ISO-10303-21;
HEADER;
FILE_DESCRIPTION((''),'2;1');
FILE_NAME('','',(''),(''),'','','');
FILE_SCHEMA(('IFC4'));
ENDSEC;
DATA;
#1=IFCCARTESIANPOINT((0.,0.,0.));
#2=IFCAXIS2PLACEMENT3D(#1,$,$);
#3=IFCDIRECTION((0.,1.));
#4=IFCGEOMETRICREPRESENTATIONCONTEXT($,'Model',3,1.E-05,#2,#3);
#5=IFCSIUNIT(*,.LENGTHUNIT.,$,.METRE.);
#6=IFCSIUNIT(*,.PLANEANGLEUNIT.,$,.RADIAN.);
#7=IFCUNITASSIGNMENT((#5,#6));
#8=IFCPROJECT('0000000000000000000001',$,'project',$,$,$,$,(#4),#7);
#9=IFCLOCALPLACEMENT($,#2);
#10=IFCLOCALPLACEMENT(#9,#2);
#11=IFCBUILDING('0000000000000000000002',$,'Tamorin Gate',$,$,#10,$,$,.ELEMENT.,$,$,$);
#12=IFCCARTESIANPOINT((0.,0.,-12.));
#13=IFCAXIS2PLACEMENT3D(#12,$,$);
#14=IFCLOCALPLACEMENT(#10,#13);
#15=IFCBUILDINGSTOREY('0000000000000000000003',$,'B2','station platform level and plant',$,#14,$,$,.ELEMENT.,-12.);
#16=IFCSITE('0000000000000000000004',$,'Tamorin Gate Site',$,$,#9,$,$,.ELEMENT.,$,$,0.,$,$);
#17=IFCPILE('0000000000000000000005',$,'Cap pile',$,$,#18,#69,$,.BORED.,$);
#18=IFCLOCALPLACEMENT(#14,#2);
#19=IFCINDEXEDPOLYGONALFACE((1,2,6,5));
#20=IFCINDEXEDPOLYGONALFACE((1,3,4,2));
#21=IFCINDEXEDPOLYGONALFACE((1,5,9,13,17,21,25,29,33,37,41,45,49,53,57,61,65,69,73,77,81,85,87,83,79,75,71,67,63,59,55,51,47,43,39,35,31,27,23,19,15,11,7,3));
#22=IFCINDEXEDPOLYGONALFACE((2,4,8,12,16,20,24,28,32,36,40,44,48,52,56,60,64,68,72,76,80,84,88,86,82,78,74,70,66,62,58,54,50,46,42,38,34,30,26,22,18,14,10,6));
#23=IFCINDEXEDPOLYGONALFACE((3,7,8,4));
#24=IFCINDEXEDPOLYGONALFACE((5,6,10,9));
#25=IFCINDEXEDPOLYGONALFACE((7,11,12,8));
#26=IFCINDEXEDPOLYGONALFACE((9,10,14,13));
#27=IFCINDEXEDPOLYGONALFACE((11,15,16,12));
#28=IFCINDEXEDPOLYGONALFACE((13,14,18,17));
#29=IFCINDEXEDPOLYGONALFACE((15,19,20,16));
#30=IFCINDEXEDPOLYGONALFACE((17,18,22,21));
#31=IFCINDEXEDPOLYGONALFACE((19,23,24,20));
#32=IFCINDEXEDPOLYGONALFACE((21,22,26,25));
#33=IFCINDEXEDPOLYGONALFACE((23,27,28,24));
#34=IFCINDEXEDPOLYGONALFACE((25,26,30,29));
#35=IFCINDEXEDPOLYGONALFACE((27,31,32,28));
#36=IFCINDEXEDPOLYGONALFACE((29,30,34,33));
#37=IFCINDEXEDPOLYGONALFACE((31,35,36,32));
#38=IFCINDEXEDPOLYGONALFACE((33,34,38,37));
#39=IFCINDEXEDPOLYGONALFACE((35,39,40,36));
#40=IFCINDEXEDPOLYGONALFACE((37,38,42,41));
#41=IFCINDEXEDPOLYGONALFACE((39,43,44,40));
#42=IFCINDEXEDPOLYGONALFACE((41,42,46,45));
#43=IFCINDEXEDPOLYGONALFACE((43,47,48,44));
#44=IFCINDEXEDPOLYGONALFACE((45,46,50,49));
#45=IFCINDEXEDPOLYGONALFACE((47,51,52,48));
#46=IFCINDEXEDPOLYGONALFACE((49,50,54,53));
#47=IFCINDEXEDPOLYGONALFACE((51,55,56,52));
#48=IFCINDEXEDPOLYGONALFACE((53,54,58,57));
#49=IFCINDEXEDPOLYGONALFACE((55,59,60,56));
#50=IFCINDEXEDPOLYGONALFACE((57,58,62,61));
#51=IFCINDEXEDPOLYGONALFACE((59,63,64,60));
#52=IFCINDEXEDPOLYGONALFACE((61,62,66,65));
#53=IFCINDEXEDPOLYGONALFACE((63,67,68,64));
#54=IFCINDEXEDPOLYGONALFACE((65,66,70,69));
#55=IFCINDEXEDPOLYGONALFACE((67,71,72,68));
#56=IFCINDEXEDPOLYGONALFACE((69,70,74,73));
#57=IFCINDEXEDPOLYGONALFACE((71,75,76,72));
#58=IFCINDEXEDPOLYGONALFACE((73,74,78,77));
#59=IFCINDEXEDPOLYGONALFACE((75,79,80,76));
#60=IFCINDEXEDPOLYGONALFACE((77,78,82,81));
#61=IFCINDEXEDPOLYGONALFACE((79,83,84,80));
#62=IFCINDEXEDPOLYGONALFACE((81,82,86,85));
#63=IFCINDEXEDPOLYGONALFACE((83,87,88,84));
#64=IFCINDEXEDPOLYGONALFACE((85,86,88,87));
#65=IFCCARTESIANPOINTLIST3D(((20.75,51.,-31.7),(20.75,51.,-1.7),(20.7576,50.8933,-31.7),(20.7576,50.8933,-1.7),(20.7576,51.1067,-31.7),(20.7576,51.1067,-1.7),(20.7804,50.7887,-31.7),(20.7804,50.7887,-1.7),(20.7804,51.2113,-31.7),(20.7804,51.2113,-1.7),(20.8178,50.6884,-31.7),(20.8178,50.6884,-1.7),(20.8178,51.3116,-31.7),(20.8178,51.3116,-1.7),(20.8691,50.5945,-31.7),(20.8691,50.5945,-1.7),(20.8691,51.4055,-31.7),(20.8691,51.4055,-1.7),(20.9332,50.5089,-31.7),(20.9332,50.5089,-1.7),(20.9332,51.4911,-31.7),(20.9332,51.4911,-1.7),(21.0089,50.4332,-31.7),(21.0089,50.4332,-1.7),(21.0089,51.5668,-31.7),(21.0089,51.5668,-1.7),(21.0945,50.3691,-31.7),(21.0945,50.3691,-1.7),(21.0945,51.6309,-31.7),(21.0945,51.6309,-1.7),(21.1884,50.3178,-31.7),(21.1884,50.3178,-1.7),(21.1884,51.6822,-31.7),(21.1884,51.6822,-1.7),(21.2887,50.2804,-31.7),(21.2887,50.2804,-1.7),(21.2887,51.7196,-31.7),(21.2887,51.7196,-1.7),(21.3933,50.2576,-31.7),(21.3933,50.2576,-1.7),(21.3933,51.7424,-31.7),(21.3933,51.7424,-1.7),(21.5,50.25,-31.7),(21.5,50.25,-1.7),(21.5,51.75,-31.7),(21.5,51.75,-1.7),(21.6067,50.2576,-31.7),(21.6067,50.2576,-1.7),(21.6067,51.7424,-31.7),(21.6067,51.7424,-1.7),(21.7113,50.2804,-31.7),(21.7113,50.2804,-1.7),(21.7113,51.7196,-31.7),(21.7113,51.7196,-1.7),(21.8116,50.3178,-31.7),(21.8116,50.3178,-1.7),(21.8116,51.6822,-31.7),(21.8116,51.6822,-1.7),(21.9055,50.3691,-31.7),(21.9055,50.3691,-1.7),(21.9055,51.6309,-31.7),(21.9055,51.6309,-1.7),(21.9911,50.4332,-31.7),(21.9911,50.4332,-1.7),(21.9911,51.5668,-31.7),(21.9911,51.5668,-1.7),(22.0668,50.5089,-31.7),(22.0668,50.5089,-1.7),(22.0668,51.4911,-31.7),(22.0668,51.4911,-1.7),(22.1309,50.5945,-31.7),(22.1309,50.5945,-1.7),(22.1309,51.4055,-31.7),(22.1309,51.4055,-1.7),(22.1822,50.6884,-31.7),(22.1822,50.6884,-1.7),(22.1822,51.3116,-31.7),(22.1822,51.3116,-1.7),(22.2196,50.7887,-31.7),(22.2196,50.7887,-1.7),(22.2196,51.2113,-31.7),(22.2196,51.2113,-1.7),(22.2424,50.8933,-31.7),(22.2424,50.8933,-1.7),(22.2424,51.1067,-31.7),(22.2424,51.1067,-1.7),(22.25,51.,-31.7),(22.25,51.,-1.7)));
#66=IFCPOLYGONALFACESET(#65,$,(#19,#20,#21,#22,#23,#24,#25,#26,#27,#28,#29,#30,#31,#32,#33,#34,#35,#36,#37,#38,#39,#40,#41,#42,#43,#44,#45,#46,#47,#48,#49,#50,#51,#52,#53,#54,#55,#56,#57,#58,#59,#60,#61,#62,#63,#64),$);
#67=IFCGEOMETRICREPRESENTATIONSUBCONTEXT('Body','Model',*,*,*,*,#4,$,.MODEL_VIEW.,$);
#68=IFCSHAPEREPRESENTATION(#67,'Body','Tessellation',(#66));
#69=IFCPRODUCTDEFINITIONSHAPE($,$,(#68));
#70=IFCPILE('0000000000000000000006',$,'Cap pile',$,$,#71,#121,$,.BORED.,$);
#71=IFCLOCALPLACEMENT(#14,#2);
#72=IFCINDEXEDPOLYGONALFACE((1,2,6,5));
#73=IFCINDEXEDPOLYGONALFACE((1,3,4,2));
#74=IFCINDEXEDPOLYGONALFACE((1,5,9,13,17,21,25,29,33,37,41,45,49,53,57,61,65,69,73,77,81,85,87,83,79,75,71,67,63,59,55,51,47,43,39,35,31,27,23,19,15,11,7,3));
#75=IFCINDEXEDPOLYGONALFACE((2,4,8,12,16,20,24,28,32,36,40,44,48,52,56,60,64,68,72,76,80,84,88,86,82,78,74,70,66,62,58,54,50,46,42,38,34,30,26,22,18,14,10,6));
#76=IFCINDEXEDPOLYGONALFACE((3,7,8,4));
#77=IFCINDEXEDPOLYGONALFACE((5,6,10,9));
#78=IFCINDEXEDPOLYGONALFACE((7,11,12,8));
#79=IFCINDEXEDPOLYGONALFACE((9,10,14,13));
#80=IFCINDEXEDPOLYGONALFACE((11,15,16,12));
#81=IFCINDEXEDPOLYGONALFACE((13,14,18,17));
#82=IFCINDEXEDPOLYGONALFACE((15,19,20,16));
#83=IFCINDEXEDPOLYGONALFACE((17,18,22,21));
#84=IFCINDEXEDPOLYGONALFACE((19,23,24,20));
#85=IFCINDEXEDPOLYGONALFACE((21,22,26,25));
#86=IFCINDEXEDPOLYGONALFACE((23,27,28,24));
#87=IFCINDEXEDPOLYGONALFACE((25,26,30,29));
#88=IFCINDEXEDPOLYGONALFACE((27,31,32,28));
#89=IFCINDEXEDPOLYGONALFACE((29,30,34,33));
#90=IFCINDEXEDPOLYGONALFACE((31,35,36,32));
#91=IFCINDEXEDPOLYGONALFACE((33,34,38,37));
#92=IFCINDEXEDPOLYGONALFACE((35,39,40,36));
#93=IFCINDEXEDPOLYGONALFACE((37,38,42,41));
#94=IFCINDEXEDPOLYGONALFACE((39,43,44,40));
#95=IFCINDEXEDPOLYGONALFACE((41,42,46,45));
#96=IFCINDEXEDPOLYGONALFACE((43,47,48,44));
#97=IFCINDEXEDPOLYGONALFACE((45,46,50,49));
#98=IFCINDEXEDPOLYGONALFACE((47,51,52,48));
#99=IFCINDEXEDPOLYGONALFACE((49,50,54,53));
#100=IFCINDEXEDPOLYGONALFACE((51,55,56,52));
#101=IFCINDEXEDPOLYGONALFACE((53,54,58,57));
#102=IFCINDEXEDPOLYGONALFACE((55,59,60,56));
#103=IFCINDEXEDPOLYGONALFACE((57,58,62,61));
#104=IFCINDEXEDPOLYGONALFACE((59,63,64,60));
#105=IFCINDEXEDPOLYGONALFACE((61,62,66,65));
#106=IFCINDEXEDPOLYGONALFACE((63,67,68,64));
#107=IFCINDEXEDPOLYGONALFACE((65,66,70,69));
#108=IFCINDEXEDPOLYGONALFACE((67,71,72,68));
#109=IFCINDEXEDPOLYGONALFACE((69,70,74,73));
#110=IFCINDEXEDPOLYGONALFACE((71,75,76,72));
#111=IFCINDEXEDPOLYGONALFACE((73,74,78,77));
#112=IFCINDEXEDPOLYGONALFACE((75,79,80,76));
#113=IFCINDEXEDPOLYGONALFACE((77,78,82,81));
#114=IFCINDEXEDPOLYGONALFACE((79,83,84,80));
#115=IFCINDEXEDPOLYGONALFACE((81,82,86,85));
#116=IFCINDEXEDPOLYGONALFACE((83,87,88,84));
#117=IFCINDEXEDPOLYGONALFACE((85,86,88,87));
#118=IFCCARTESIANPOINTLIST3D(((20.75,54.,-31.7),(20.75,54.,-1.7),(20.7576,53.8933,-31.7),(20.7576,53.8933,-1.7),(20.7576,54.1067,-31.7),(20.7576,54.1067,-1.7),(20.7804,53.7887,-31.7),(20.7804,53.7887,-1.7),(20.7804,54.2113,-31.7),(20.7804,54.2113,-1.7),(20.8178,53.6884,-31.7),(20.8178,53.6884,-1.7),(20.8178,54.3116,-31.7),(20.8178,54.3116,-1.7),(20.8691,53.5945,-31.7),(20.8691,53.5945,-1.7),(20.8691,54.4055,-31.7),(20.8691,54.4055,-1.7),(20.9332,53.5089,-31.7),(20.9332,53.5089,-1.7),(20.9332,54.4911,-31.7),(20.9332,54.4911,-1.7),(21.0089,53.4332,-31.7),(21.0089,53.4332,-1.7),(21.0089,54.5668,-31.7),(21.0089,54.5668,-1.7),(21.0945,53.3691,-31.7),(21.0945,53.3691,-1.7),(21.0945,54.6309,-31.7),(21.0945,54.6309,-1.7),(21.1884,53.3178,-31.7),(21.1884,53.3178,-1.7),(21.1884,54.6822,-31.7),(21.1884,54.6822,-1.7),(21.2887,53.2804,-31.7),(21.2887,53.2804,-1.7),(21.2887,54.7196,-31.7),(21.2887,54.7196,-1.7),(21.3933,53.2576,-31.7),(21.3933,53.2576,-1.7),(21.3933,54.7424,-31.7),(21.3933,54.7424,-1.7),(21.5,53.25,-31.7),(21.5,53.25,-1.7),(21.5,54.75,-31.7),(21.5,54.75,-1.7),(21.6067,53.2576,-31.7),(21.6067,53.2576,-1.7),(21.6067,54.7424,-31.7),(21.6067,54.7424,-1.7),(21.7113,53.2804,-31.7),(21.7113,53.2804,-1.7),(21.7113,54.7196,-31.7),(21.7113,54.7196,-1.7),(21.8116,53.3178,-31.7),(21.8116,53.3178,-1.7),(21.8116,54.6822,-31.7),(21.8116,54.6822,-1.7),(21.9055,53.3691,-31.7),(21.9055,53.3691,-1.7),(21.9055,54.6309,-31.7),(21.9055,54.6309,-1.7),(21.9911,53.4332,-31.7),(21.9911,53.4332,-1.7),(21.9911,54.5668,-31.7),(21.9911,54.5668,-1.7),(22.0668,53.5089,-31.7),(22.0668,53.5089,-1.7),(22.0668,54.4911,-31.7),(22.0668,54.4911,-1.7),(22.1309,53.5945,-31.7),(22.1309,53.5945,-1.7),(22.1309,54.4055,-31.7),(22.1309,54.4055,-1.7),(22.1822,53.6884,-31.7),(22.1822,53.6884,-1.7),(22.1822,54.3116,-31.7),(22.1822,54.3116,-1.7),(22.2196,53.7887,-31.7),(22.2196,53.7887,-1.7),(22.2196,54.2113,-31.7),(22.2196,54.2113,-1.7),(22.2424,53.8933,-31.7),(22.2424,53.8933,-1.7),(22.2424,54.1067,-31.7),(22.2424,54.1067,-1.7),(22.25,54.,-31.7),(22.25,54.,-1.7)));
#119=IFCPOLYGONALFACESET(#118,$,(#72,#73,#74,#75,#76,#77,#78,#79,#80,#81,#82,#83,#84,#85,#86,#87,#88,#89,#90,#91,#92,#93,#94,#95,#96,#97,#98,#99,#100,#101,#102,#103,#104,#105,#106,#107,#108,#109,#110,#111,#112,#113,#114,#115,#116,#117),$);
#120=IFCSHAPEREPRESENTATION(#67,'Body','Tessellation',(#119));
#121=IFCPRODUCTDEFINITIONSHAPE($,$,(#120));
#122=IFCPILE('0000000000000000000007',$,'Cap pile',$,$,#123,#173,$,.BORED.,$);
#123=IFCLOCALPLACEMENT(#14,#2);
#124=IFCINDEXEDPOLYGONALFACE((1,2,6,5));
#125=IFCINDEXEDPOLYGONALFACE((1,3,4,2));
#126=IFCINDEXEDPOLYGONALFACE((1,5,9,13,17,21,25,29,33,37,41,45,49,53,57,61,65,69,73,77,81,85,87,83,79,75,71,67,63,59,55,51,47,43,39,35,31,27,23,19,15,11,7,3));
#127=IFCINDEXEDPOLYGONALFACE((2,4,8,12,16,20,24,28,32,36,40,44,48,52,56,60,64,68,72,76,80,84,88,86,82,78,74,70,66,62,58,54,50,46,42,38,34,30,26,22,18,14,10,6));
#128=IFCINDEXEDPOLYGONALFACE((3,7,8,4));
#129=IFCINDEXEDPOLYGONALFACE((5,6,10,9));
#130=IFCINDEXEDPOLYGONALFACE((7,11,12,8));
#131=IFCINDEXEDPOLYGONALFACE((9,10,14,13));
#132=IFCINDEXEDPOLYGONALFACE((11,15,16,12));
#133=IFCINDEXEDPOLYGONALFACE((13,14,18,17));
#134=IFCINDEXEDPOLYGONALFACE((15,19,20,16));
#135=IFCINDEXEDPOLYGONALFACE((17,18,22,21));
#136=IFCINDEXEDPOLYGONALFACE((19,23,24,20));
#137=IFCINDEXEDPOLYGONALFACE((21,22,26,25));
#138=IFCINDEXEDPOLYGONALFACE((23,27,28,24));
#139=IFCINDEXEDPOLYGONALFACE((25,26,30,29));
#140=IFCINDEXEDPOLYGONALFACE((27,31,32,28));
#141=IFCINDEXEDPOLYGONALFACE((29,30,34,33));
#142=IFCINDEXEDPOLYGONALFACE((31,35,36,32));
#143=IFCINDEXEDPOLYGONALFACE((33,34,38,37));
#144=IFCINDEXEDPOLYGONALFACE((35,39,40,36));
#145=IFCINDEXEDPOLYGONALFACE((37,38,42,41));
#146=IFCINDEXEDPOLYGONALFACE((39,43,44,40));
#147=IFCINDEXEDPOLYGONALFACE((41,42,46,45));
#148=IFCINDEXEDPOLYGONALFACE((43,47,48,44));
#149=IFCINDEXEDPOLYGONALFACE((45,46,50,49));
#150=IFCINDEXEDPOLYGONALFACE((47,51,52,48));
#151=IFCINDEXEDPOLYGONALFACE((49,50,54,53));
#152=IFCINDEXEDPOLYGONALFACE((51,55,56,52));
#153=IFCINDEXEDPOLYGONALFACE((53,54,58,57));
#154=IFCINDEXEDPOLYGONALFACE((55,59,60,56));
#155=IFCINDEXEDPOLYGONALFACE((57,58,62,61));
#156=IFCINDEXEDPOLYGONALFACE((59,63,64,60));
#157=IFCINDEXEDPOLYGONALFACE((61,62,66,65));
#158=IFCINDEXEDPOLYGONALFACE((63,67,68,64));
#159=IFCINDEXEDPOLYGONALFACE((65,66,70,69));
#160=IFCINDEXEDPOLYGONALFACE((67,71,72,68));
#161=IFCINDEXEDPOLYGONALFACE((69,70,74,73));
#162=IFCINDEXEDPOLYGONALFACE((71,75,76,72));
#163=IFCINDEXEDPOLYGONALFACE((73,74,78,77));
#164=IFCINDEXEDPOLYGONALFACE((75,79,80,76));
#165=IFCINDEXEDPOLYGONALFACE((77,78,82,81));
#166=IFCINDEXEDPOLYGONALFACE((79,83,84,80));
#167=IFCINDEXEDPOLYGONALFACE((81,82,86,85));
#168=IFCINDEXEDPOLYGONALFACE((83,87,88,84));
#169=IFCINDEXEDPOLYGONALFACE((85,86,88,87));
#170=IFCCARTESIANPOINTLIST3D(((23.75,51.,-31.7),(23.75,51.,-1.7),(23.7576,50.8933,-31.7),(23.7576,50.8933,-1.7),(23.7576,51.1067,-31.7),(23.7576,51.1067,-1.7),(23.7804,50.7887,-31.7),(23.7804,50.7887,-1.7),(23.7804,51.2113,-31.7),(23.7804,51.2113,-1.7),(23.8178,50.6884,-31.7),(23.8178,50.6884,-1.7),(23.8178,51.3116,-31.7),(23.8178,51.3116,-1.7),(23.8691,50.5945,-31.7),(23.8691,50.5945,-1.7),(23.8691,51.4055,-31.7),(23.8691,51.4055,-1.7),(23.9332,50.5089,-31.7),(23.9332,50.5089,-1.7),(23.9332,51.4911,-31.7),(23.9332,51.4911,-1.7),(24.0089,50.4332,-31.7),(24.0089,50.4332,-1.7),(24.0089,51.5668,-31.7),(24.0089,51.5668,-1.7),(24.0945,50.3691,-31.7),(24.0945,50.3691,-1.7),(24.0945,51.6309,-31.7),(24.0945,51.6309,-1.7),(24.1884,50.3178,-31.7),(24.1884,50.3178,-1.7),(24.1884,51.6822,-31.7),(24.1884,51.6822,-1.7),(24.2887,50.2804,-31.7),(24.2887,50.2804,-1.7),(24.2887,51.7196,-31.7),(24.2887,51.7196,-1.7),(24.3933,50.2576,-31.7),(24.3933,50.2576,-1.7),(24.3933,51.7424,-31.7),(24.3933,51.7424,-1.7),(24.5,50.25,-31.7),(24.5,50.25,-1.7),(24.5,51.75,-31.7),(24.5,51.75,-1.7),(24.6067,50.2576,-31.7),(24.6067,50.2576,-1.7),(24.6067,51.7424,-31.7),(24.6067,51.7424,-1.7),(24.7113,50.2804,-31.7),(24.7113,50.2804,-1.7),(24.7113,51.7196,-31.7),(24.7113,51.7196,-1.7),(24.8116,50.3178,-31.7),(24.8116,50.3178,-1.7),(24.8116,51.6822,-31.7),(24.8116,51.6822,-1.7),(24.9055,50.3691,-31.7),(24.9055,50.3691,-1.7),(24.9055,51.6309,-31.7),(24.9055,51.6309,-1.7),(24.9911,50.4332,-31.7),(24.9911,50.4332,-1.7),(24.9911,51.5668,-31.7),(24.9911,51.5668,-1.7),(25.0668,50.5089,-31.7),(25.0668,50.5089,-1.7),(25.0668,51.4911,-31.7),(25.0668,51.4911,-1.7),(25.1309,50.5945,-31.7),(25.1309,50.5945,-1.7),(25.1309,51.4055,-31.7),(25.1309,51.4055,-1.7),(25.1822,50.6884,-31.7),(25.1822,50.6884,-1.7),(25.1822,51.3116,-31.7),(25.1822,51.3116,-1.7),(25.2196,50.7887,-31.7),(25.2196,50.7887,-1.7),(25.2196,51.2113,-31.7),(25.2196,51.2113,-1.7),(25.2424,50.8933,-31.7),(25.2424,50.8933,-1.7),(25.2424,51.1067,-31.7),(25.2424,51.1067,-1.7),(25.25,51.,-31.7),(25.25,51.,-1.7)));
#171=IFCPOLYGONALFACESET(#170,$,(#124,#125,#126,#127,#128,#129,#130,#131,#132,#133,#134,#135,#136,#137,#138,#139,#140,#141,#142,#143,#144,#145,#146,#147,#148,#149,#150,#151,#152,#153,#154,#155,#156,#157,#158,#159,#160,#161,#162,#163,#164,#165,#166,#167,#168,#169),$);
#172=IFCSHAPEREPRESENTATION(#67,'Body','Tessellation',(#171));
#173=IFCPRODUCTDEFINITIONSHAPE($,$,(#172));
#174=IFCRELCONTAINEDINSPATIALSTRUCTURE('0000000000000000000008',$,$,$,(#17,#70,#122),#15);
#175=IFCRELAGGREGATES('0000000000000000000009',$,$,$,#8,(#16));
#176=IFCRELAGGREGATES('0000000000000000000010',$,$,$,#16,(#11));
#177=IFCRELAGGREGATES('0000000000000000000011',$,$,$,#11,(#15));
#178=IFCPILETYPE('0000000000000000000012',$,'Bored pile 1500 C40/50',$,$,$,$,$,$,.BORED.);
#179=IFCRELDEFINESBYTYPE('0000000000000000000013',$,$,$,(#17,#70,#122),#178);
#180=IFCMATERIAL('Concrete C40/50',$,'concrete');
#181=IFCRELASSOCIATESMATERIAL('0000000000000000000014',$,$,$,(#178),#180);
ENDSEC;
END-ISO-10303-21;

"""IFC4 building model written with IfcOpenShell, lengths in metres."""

from ifc_helpers import new_model, si_unit, direction, frame, origin, origin_2d, place, context, subcontext, project, spatial, circle, extrude, material, material_profile, profile_set, type_object, element, save


model = new_model("IFC4")

# Units and contexts
model_context = context("Model", 3, precision=1e-05, world=origin(), true_north=direction((0.0, 1.0)))
body_context = subcontext(model_context, "Body", "Model", "MODEL_VIEW")
ifc_project = project(units=[si_unit("LENGTHUNIT", "METRE"), si_unit("PLANEANGLEUNIT", "RADIAN")], contexts=[model_context])

# Site, building, storey
site_placement = place(None, origin())
site = spatial("IfcSite", under=ifc_project, at=site_placement, Name="Tamorin Gate Site", CompositionType="ELEMENT", RefElevation=0.0)
building_placement = place(site_placement, origin())
building = spatial("IfcBuilding", under=site, at=building_placement, Name="Tamorin Gate", CompositionType="ELEMENT")
storey_placement = place(building_placement, frame((0.0, 0.0, -12.0)))
storey = spatial("IfcBuildingStorey", under=building, at=storey_placement, Name="B2", Description="station platform level and plant", CompositionType="ELEMENT", Elevation=-12.0)

# Piles
ifc_material_1 = material(Name="Concrete C40/50", Category="concrete")
ifc_material_profile_1 = material_profile(ifc_material_1, circle(Radius=0.75, at=origin_2d()))
ifc_profile_set_1 = profile_set([ifc_material_profile_1], Name="Concrete C40/50")
pile_type = type_object("IfcPileType", Name="Bored pile 1500 C40/50", PredefinedType="BORED", material=ifc_profile_set_1)
for number, where, z_axis, x_axis, name in (
    (1, (21.5, 51.0, -1.7), (0.0, 0.0, -1.0), (1.0, 0.0, 0.0), "Cap pile"),
    (2, (21.5, 54.0, -1.7), (0.0, 0.0, -1.0), (1.0, 0.0, 0.0), "Cap pile"),
    (3, (24.5, 51.0, -1.7), (0.0, 0.0, -1.0), (1.0, 0.0, 0.0), "Cap pile"),
):
    element("IfcPile", number, at=place(storey_placement, frame(where, z_axis=z_axis, x_axis=x_axis)), inside=storey, type_object=pile_type, Name=name, PredefinedType="BORED", context=body_context, shape_type="SweptSolid", body=[
        extrude(circle(Radius=0.75, at=origin_2d()), origin(), (0.0, 0.0, 1.0), 30.0),
    ])

save(model, "model.ifc")
